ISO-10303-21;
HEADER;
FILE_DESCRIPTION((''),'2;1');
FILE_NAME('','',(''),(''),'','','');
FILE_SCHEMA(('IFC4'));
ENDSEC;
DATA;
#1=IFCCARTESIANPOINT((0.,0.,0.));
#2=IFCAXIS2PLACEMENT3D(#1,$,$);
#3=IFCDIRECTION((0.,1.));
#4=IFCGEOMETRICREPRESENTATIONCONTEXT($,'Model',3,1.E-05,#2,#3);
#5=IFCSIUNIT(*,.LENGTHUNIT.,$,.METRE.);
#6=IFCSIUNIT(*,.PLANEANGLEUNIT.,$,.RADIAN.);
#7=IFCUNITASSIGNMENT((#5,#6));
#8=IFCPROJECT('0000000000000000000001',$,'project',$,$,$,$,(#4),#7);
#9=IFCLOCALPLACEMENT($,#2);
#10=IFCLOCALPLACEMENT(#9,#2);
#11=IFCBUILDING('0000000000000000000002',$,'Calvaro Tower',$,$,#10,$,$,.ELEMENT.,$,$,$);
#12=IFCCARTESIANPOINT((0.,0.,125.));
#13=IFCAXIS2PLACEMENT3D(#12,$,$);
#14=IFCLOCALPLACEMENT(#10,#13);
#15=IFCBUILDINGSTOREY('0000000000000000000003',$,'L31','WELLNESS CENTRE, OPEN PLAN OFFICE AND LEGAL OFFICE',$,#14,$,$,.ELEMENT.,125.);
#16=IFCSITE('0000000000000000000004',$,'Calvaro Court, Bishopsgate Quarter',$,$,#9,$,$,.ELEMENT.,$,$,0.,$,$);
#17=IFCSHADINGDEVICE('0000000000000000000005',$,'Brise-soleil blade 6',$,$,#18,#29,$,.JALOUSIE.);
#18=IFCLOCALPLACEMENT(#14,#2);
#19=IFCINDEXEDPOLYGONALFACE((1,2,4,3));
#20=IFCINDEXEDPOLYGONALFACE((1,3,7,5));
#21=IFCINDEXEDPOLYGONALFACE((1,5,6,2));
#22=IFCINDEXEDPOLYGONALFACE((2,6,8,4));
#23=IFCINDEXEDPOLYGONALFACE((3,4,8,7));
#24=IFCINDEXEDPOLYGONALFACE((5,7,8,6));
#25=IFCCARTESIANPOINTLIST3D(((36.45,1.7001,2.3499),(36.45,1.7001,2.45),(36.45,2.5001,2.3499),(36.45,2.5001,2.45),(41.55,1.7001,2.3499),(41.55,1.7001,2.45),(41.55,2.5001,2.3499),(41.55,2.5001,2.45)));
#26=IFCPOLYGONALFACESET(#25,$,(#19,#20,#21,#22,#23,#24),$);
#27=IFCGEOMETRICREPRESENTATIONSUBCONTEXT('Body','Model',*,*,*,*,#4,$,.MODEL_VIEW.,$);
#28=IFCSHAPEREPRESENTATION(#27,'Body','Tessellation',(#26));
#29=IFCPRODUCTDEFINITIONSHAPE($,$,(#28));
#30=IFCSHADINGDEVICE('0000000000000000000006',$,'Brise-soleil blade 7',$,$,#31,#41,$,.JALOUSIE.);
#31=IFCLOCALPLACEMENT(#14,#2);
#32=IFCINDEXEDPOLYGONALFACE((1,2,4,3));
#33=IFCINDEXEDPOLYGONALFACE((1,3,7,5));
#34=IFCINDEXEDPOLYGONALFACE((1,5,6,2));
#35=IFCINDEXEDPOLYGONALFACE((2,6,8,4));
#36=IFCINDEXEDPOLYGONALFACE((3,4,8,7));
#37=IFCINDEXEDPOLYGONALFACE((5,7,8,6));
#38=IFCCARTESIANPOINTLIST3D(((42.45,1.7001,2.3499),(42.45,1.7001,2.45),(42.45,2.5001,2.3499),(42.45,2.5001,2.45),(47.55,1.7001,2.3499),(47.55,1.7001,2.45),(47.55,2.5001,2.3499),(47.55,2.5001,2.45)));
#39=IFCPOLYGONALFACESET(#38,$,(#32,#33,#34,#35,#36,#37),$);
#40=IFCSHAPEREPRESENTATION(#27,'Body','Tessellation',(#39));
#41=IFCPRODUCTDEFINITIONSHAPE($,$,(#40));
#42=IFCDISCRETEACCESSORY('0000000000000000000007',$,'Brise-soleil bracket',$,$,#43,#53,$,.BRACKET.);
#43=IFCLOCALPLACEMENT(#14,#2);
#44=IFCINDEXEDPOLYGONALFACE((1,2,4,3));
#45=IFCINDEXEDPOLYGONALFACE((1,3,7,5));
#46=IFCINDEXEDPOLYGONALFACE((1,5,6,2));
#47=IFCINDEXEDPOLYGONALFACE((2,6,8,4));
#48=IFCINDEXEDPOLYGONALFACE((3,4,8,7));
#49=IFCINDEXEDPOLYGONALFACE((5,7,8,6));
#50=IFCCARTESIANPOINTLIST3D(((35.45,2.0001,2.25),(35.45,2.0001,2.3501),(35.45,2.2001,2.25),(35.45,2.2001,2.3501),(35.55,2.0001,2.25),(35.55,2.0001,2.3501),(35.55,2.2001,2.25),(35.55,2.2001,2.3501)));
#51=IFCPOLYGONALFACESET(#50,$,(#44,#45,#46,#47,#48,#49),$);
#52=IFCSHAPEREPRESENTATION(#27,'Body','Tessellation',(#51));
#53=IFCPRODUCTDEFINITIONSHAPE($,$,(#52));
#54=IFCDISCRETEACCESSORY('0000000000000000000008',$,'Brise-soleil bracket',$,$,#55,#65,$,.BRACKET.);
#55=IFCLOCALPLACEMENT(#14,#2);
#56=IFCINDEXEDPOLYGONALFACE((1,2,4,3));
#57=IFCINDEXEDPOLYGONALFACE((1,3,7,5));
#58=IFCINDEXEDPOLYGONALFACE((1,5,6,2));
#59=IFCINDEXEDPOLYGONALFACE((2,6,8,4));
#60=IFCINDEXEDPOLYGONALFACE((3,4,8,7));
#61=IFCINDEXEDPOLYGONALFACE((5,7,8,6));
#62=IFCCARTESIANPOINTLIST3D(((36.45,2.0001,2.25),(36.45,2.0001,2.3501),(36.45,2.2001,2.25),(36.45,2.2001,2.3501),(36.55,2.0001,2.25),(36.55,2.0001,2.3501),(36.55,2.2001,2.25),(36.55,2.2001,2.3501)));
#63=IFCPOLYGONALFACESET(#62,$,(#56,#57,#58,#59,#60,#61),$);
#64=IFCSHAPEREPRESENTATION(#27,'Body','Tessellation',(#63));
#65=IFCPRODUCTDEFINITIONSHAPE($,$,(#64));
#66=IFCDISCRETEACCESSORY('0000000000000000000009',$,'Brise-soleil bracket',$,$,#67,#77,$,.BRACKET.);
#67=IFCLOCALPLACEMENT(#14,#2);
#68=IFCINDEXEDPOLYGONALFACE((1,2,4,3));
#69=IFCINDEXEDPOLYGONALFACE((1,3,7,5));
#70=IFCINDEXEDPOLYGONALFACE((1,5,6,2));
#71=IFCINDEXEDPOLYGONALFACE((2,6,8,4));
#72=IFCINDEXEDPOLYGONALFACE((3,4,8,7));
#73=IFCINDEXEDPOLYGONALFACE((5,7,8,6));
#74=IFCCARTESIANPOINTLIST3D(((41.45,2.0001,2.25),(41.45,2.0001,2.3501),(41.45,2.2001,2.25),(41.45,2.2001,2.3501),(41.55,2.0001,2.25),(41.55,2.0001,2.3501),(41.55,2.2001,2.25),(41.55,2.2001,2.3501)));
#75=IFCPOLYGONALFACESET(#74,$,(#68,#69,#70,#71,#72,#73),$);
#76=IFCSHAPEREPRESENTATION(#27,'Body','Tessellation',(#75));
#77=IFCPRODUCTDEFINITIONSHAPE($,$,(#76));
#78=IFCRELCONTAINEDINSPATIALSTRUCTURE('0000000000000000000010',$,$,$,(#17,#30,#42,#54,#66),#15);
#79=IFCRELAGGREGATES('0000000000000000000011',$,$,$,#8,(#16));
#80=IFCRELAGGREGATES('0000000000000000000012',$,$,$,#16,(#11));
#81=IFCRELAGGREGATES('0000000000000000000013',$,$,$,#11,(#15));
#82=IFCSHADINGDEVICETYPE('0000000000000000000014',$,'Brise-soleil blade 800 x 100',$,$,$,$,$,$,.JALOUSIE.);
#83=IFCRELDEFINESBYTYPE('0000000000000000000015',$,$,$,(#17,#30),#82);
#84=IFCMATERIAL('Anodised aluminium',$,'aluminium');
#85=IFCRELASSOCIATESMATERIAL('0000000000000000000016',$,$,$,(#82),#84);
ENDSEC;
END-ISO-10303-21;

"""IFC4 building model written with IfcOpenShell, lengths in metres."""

from ifc_helpers import new_model, si_unit, direction, frame, origin, origin_2d, place, context, subcontext, project, spatial, rectangle, extrude, material, material_profile, profile_set, type_object, element, save


model = new_model("IFC4")

# Units and contexts
model_context = context("Model", 3, precision=1e-05, world=origin(), true_north=direction((0.0, 1.0)))
body_context = subcontext(model_context, "Body", "Model", "MODEL_VIEW")
ifc_project = project(units=[si_unit("LENGTHUNIT", "METRE"), si_unit("PLANEANGLEUNIT", "RADIAN")], contexts=[model_context])

# Site, building, storey
site_placement = place(None, origin())
site = spatial("IfcSite", under=ifc_project, at=site_placement, Name="Calvaro Court, Bishopsgate Quarter", CompositionType="ELEMENT", RefElevation=0.0)
building_placement = place(site_placement, origin())
building = spatial("IfcBuilding", under=site, at=building_placement, Name="Calvaro Tower", CompositionType="ELEMENT")
storey_placement = place(building_placement, frame((0.0, 0.0, 125.0)))
storey = spatial("IfcBuildingStorey", under=building, at=storey_placement, Name="L31", Description="WELLNESS CENTRE, OPEN PLAN OFFICE AND LEGAL OFFICE", CompositionType="ELEMENT", Elevation=125.0)

# Shading devices
ifc_material_1 = material(Name="Anodised aluminium", Category="aluminium")
ifc_material_profile_1 = material_profile(ifc_material_1, rectangle(XDim=0.8, YDim=0.1001, at=origin_2d()), Name="Brise-soleil blade 800 x 100")
ifc_profile_set_1 = profile_set([ifc_material_profile_1], Name="Anodised aluminium")
shading_device_type = type_object("IfcShadingDeviceType", Name="Brise-soleil blade 800 x 100", PredefinedType="JALOUSIE", material=ifc_profile_set_1)
for number, where, z_axis, x_axis, name in (
    (1, (36.45, 2.1001, 2.3999), (1.0, 0.0, 0.0), (0.0, 1.0, 0.0), "Brise-soleil blade 6"),
    (2, (42.45, 2.1001, 2.3999), (1.0, 0.0, 0.0), (0.0, 1.0, 0.0), "Brise-soleil blade 7"),
):
    element("IfcShadingDevice", number, at=place(storey_placement, frame(where, z_axis=z_axis, x_axis=x_axis)), inside=storey, type_object=shading_device_type, Name=name, PredefinedType="JALOUSIE", context=body_context, shape_type="SweptSolid", body=[
        extrude(rectangle(XDim=0.8, YDim=0.1001, at=origin_2d()), origin(), (0.0, 0.0, 1.0), 5.1001),
    ])

# Discrete accessories
for number, where, z_axis, x_axis, name in (
    (3, (35.5, 2.1001, 2.25), (0.0, 0.0, 1.0), (1.0, 0.0, 0.0), "Brise-soleil bracket"),
    (4, (36.5, 2.1001, 2.25), (0.0, 0.0, 1.0), (1.0, 0.0, 0.0), "Brise-soleil bracket"),
    (5, (41.5, 2.1001, 2.25), (0.0, 0.0, 1.0), (1.0, 0.0, 0.0), "Brise-soleil bracket"),
):
    element("IfcDiscreteAccessory", number, at=place(storey_placement, frame(where, z_axis=z_axis, x_axis=x_axis)), inside=storey, Name=name, PredefinedType="BRACKET", context=body_context, shape_type="SweptSolid", body=[
        extrude(rectangle(XDim=0.1001, YDim=0.2, at=origin_2d()), origin(), (0.0, 0.0, 1.0), 0.1001),
    ])

save(model, "model.ifc")
